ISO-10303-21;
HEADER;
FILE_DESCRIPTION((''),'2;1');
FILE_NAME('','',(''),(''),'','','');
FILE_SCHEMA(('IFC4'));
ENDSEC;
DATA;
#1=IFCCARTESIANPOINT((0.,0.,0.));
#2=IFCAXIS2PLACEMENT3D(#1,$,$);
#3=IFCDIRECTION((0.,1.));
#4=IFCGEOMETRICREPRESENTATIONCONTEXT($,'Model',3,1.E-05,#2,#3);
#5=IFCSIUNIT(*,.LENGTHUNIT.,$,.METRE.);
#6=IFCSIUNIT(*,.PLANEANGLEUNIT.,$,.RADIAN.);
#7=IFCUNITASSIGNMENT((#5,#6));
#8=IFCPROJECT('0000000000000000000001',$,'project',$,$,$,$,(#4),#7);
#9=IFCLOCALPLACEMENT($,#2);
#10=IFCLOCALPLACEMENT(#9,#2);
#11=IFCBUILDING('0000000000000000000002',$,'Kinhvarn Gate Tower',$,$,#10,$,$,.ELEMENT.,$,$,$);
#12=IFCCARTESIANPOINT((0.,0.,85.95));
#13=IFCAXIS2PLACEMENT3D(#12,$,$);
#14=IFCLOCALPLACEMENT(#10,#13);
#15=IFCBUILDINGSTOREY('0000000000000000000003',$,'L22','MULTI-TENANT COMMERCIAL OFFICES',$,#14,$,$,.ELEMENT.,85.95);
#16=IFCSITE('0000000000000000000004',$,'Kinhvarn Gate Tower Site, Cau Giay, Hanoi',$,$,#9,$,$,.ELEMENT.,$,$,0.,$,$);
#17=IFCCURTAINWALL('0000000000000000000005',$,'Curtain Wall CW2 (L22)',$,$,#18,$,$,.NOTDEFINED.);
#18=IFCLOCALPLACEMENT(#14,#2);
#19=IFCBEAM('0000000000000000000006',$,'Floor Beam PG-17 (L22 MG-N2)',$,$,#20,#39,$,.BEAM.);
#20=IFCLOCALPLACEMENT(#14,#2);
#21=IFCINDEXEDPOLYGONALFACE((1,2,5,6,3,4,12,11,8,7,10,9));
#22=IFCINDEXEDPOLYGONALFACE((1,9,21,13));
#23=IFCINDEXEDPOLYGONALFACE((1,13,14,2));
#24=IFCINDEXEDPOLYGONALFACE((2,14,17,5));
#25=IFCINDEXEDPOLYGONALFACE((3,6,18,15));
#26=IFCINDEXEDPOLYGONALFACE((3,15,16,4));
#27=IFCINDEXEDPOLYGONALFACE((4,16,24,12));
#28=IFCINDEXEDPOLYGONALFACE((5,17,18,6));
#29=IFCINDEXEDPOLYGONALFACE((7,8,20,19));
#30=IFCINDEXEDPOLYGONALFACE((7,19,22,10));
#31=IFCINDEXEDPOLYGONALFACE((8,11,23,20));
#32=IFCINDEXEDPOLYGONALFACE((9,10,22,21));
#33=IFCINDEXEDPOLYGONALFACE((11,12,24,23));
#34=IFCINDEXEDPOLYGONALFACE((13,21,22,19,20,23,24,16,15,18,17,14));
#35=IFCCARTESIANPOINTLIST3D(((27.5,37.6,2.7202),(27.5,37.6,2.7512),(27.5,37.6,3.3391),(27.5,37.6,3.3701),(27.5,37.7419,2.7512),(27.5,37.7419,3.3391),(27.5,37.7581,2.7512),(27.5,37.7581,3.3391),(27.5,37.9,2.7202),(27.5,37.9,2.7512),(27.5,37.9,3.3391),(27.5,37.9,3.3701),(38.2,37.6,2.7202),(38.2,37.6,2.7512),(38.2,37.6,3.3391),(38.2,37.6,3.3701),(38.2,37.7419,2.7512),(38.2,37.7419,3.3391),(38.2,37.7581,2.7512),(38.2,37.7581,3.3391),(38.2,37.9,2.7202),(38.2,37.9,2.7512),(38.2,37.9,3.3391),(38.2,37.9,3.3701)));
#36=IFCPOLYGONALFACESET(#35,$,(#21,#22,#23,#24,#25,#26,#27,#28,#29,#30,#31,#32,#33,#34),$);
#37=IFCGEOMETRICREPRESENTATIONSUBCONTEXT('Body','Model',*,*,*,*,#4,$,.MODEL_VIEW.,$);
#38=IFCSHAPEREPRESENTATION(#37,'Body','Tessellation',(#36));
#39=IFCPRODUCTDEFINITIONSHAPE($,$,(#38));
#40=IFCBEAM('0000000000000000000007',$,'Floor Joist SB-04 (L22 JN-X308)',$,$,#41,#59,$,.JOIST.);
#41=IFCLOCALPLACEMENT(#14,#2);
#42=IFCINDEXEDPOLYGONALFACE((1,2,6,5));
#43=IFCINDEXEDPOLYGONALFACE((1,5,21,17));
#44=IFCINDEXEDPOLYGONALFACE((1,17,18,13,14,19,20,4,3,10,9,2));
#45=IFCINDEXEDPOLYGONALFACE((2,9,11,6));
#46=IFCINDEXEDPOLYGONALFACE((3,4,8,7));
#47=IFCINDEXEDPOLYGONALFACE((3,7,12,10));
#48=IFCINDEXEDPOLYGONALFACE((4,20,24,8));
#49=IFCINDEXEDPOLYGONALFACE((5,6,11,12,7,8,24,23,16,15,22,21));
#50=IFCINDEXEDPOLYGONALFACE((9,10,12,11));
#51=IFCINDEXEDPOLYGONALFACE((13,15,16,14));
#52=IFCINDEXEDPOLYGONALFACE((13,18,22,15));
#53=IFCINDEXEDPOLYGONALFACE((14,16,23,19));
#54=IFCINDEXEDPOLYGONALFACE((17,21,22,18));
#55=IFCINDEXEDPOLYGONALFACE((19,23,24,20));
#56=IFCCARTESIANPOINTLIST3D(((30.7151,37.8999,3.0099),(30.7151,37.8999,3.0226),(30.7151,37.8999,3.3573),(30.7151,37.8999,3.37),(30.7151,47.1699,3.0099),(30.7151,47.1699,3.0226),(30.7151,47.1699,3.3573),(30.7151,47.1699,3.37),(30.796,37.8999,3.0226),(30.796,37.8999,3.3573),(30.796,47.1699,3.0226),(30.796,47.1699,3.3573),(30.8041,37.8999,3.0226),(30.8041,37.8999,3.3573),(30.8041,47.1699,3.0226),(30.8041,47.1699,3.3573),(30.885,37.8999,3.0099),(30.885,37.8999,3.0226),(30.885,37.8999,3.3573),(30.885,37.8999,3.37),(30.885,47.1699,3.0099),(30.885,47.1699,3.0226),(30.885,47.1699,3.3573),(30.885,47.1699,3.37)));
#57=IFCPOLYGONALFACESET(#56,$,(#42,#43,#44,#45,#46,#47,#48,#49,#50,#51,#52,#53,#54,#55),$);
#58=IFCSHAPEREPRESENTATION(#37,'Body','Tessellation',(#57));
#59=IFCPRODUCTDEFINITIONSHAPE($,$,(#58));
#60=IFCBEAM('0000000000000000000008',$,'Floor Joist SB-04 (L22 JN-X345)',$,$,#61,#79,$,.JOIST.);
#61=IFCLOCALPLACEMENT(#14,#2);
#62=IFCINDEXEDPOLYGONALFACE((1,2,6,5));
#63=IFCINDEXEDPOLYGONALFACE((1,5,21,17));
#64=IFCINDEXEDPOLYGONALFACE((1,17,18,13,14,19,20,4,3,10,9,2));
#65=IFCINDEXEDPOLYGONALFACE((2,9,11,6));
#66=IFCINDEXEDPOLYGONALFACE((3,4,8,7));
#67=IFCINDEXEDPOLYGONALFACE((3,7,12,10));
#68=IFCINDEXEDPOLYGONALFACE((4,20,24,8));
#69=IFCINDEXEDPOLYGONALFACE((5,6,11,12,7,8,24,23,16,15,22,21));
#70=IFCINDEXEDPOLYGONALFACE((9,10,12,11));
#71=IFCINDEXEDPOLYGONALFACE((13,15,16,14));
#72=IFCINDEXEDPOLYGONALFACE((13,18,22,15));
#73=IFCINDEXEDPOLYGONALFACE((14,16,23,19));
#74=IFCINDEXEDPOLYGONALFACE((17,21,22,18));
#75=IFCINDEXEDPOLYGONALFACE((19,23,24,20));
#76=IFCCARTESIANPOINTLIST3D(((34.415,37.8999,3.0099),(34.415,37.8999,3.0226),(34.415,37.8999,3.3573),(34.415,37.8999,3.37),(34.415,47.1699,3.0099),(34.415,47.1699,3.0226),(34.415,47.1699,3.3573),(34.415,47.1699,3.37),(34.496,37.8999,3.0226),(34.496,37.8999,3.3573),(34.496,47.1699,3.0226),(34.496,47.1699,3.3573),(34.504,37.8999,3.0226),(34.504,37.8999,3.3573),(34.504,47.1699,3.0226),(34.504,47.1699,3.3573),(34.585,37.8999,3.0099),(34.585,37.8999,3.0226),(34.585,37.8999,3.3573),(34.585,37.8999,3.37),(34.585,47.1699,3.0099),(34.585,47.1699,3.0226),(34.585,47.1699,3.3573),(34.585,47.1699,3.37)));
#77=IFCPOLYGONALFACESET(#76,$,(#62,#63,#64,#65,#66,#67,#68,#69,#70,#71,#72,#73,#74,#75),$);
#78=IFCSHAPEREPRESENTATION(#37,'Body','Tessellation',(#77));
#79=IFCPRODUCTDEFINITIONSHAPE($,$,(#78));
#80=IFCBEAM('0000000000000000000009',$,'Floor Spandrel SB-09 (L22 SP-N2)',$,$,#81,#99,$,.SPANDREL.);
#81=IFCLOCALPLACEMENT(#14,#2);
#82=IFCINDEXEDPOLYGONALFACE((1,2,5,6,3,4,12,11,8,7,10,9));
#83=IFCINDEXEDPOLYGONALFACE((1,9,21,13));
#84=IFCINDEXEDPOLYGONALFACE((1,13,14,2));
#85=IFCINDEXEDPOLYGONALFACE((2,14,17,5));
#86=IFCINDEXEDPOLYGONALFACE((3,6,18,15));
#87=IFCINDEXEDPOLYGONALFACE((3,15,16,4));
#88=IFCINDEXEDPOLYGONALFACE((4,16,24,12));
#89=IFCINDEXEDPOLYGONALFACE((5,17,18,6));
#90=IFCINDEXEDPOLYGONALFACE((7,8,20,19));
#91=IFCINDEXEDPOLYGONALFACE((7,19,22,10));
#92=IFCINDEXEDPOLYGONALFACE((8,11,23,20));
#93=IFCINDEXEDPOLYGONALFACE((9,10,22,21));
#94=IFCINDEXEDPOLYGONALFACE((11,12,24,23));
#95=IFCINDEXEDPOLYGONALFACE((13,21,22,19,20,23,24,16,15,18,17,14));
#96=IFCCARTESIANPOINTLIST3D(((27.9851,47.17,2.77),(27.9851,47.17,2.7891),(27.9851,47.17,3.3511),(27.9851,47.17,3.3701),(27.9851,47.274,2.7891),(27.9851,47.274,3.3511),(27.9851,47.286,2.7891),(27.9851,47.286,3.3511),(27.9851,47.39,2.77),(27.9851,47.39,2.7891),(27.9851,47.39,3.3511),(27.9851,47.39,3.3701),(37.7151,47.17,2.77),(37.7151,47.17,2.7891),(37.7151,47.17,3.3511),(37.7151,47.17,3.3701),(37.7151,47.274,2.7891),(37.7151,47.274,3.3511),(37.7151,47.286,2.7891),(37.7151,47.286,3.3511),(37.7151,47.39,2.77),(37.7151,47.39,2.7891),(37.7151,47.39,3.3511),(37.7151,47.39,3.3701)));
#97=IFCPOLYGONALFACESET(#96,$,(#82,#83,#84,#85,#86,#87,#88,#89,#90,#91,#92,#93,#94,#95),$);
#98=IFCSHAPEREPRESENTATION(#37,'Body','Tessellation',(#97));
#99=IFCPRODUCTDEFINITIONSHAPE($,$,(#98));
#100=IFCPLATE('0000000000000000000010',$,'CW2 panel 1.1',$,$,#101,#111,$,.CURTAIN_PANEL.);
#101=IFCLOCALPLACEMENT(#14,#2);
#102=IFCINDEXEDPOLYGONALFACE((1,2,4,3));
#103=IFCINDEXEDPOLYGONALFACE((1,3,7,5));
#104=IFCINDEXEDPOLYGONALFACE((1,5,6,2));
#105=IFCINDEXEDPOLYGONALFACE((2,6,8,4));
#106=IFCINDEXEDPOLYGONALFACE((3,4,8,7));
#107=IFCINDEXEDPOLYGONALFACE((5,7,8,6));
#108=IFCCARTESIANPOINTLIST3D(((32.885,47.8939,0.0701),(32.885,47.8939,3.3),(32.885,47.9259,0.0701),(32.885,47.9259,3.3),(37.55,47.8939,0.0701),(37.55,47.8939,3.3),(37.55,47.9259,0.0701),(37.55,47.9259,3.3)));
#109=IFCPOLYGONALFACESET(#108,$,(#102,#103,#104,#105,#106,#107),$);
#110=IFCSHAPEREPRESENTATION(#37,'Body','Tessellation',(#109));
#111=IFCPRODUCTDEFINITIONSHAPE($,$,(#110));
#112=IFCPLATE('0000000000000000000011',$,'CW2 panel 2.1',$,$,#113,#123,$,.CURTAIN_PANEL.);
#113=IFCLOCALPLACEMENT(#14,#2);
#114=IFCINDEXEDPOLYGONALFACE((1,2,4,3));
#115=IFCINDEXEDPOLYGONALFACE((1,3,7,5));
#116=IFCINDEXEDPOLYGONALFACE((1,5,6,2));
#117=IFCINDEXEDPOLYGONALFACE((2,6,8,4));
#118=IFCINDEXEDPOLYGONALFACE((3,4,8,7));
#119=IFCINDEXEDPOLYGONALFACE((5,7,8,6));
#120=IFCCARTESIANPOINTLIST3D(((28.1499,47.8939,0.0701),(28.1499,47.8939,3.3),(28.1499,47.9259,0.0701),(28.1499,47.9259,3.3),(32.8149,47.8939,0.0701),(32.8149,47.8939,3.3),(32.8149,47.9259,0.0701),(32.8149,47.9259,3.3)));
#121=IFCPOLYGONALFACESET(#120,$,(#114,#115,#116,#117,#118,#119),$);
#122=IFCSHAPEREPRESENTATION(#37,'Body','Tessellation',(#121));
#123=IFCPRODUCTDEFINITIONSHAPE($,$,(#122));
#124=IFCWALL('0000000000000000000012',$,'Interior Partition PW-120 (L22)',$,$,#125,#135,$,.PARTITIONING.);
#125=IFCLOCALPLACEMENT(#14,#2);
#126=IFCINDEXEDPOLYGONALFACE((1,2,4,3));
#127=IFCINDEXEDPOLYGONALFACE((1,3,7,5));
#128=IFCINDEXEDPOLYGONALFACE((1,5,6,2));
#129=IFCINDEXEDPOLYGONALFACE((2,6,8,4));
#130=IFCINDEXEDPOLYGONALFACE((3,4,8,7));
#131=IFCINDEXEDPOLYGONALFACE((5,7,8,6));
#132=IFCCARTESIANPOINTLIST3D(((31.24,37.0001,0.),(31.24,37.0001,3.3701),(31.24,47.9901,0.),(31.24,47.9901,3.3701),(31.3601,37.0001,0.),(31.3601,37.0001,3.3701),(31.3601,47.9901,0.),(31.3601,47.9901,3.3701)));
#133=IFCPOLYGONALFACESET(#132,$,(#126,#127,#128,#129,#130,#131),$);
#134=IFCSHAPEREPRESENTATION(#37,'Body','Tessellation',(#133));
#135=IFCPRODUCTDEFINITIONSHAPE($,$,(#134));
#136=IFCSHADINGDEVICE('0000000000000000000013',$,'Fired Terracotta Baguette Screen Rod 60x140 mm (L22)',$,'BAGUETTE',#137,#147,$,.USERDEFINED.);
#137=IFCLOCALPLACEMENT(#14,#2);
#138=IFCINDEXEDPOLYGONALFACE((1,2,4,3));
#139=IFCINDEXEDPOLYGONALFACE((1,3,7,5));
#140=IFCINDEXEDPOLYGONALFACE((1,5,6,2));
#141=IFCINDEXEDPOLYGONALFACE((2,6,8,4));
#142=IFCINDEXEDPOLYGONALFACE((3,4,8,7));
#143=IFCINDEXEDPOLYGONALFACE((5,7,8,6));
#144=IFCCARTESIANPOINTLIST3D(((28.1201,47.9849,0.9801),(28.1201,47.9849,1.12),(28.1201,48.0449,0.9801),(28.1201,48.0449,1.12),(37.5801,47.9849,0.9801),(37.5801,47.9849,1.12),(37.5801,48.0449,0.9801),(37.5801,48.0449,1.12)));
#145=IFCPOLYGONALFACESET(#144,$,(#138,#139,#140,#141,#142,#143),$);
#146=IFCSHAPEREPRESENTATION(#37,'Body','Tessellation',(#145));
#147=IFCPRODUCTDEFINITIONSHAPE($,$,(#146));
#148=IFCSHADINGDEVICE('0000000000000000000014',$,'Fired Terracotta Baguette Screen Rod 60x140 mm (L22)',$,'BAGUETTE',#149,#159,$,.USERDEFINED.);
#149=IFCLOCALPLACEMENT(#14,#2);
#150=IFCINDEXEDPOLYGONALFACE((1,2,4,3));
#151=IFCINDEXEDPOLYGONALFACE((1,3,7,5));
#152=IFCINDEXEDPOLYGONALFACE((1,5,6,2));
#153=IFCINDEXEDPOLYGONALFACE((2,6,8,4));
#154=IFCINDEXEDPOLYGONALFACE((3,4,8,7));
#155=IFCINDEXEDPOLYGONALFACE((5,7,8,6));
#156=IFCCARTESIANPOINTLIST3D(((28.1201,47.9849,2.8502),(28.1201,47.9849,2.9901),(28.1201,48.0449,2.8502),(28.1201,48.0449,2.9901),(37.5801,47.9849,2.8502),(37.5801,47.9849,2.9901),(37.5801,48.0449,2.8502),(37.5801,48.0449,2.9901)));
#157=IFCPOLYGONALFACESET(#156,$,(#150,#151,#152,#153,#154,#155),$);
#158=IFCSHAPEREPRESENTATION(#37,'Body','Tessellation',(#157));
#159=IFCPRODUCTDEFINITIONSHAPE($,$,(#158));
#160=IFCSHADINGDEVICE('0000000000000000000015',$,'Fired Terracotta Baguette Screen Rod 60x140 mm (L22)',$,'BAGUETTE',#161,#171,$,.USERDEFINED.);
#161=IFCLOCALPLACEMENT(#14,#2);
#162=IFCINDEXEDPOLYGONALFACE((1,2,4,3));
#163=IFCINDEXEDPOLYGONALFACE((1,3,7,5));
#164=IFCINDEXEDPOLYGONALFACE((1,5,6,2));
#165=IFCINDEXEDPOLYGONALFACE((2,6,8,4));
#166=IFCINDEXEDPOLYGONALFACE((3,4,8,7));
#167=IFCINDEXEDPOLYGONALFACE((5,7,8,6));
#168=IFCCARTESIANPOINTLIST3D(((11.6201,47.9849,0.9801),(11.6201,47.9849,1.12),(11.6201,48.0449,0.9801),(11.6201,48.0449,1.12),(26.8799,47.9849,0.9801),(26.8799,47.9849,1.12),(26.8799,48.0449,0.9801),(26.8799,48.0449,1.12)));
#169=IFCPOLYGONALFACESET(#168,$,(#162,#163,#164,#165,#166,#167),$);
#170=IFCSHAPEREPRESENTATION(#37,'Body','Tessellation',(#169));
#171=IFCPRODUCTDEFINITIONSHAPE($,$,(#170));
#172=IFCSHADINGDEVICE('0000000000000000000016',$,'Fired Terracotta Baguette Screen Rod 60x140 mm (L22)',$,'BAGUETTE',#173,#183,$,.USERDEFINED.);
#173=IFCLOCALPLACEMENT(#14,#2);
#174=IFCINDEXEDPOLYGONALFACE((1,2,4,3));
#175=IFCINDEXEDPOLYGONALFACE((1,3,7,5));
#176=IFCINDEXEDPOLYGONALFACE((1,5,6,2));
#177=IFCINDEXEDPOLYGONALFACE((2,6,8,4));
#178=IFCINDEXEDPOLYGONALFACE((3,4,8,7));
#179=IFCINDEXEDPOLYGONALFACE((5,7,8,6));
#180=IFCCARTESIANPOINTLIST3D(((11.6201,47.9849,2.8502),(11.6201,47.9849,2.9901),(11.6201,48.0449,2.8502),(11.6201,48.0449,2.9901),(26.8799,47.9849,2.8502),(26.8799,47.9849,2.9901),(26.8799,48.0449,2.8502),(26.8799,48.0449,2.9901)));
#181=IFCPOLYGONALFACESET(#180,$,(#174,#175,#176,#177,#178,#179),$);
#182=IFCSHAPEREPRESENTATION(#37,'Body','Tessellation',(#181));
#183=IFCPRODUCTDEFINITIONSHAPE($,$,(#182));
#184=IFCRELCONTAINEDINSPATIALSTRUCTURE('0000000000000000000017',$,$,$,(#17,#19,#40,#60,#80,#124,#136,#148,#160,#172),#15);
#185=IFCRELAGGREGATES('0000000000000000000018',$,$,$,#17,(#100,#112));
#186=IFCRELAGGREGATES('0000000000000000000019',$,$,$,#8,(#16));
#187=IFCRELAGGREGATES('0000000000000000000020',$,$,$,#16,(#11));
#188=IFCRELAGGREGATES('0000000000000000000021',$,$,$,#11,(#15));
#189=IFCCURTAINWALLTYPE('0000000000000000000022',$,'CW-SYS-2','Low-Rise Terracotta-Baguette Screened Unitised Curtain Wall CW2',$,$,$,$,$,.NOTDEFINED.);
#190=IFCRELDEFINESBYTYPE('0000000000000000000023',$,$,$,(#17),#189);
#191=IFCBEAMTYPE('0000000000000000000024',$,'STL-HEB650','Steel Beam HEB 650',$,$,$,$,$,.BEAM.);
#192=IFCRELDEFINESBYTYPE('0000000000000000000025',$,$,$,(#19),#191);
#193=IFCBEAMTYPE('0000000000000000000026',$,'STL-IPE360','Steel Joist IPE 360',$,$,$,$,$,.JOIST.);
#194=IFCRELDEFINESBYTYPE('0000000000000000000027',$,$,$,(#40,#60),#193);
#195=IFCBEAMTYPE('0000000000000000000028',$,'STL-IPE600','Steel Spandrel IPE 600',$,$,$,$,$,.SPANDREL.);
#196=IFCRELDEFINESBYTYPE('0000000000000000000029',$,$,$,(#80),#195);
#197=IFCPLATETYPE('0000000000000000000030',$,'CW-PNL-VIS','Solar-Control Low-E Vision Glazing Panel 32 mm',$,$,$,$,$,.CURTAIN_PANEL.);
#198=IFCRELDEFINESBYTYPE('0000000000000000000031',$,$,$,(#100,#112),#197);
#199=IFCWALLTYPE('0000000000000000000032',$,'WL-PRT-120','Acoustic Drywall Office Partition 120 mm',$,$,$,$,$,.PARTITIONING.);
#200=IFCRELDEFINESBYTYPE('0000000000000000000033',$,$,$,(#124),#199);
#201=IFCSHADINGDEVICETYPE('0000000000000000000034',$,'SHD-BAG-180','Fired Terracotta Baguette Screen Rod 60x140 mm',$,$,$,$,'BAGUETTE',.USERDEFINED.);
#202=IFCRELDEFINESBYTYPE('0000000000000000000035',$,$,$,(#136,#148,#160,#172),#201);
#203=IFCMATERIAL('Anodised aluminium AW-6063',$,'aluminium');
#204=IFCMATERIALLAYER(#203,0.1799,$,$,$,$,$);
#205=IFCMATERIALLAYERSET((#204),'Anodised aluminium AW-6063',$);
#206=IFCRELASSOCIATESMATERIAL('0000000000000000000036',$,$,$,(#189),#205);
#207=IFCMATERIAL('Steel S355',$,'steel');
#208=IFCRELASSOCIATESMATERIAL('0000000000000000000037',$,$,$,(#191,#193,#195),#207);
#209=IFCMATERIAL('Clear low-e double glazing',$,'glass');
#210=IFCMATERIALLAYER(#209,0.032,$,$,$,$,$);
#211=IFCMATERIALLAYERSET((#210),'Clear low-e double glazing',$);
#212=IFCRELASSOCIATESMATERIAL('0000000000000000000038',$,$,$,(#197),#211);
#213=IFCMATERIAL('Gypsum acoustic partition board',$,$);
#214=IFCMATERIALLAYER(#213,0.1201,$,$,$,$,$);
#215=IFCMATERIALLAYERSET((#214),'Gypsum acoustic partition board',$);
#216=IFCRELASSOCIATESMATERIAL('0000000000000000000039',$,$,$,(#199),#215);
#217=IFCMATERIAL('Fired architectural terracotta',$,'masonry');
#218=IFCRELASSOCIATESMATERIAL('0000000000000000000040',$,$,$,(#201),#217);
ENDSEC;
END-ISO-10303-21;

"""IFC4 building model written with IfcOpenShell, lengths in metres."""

from ifc_helpers import new_model, si_unit, direction, frame, frame_2d, origin, origin_2d, place, context, subcontext, project, spatial, rectangle, i_section, extrude, material, layer, layer_set, material_profile, profile_set, type_object, element, aggregate, save


model = new_model("IFC4")

# Units and contexts
model_context = context("Model", 3, precision=1e-05, world=origin(), true_north=direction((0.0, 1.0)))
body_context = subcontext(model_context, "Body", "Model", "MODEL_VIEW")
ifc_project = project(units=[si_unit("LENGTHUNIT", "METRE"), si_unit("PLANEANGLEUNIT", "RADIAN")], contexts=[model_context])

# Site, building, storey
site_placement = place(None, origin())
site = spatial("IfcSite", under=ifc_project, at=site_placement, Name="Kinhvarn Gate Tower Site, Cau Giay, Hanoi", CompositionType="ELEMENT", RefElevation=0.0)
building_placement = place(site_placement, origin())
building = spatial("IfcBuilding", under=site, at=building_placement, Name="Kinhvarn Gate Tower", CompositionType="ELEMENT")
storey_placement = place(building_placement, frame((0.0, 0.0, 85.95)))
storey = spatial("IfcBuildingStorey", under=building, at=storey_placement, Name="L22", Description="MULTI-TENANT COMMERCIAL OFFICES", CompositionType="ELEMENT", Elevation=85.95)

# Curtain wall
ifc_material_1 = material(Name="Anodised aluminium AW-6063", Category="aluminium")
ifc_layer_1 = layer(ifc_material_1, 0.1799)
ifc_layer_set_1 = layer_set([ifc_layer_1], Name="Anodised aluminium AW-6063")
curtain_wall_type = type_object("IfcCurtainWallType", Name="CW-SYS-2", Description="Low-Rise Terracotta-Baguette Screened Unitised Curtain Wall CW2", PredefinedType="NOTDEFINED", material=ifc_layer_set_1)
curtain_wall_1_placement = place(storey_placement, origin())
curtain_wall_1 = element("IfcCurtainWall", 1, at=curtain_wall_1_placement, inside=storey, type_object=curtain_wall_type, Name="Curtain Wall CW2 (L22)", PredefinedType="NOTDEFINED")

# Beams
ifc_material_2 = material(Name="Steel S355", Category="steel")
ifc_material_profile_1 = material_profile(ifc_material_2, i_section(OverallWidth=0.3, OverallDepth=0.6499, WebThickness=0.0161, FlangeThickness=0.031, at=origin_2d()), Name="HEB 650")
ifc_profile_set_1 = profile_set([ifc_material_profile_1], Name="Steel S355")
beam_type_1 = type_object("IfcBeamType", Name="STL-HEB650", Description="Steel Beam HEB 650", PredefinedType="BEAM", material=ifc_profile_set_1)
beam_1_placement = place(storey_placement, frame((27.5, 37.75, 3.0452), z_axis=(1.0, 0.0, 0.0), x_axis=(0.0, 1.0, 0.0)))
element("IfcBeam", 2, at=beam_1_placement, inside=storey, type_object=beam_type_1, Name="Floor Beam PG-17 (L22 MG-N2)", PredefinedType="BEAM", context=body_context, shape_type="SweptSolid", body=[
    extrude(i_section(OverallWidth=0.3, OverallDepth=0.6499, WebThickness=0.0161, FlangeThickness=0.031, at=origin_2d()), origin(), (0.0, 0.0, 1.0), 10.7),
])
ifc_material_profile_2 = material_profile(ifc_material_2, i_section(OverallWidth=0.1699, OverallDepth=0.3601, WebThickness=0.0081, FlangeThickness=0.0127, at=origin_2d()), Name="IPE 360")
ifc_profile_set_2 = profile_set([ifc_material_profile_2], Name="Steel S355")
beam_type_2 = type_object("IfcBeamType", Name="STL-IPE360", Description="Steel Joist IPE 360", PredefinedType="JOIST", material=ifc_profile_set_2)
for number, where, z_axis, x_axis, name in (
    (3, (30.8, 37.8999, 3.1899), (0.0, 1.0, 0.0), (-1.0, 0.0, 0.0), "Floor Joist SB-04 (L22 JN-X308)"),
    (4, (34.5, 37.8999, 3.1899), (0.0, 1.0, 0.0), (-1.0, 0.0, 0.0), "Floor Joist SB-04 (L22 JN-X345)"),
):
    element("IfcBeam", number, at=place(storey_placement, frame(where, z_axis=z_axis, x_axis=x_axis)), inside=storey, type_object=beam_type_2, Name=name, PredefinedType="JOIST", context=body_context, shape_type="SweptSolid", body=[
        extrude(i_section(OverallWidth=0.1699, OverallDepth=0.3601, WebThickness=0.0081, FlangeThickness=0.0127, at=origin_2d()), origin(), (0.0, 0.0, 1.0), 9.27),
    ])
ifc_material_profile_3 = material_profile(ifc_material_2, i_section(OverallWidth=0.22, OverallDepth=0.6001, WebThickness=0.012, FlangeThickness=0.019, at=origin_2d()), Name="IPE 600")
ifc_profile_set_3 = profile_set([ifc_material_profile_3], Name="Steel S355")
beam_type_3 = type_object("IfcBeamType", Name="STL-IPE600", Description="Steel Spandrel IPE 600", PredefinedType="SPANDREL", material=ifc_profile_set_3)
beam_2_placement = place(storey_placement, frame((27.9851, 47.28, 3.0701), z_axis=(1.0, 0.0, 0.0), x_axis=(0.0, 1.0, 0.0)))
element("IfcBeam", 5, at=beam_2_placement, inside=storey, type_object=beam_type_3, Name="Floor Spandrel SB-09 (L22 SP-N2)", PredefinedType="SPANDREL", context=body_context, shape_type="SweptSolid", body=[
    extrude(i_section(OverallWidth=0.22, OverallDepth=0.6001, WebThickness=0.012, FlangeThickness=0.019, at=origin_2d()), origin(), (0.0, 0.0, 1.0), 9.73),
])

# Plates
ifc_material_3 = material(Name="Clear low-e double glazing", Category="glass")
ifc_layer_2 = layer(ifc_material_3, 0.032)
ifc_layer_set_2 = layer_set([ifc_layer_2], Name="Clear low-e double glazing")
plate_type = type_object("IfcPlateType", Name="CW-PNL-VIS", Description="Solar-Control Low-E Vision Glazing Panel 32 mm", PredefinedType="CURTAIN_PANEL", material=ifc_layer_set_2)
plate_1_placement = place(storey_placement, frame((35.2175, 47.9099, 0.0701), z_axis=(0.0, 0.0, 1.0), x_axis=(-1.0, 0.0, 0.0)))
plate_1 = element("IfcPlate", 6, at=plate_1_placement, type_object=plate_type, Name="CW2 panel 1.1", PredefinedType="CURTAIN_PANEL", context=body_context, shape_type="SweptSolid", body=[
    extrude(rectangle(XDim=4.665, YDim=0.032, at=origin_2d()), origin(), (0.0, 0.0, 1.0), 3.23),
])
plate_2_placement = place(storey_placement, frame((30.4824, 47.9099, 0.0701), z_axis=(0.0, 0.0, 1.0), x_axis=(-1.0, 0.0, 0.0)))
plate_2 = element("IfcPlate", 7, at=plate_2_placement, type_object=plate_type, Name="CW2 panel 2.1", PredefinedType="CURTAIN_PANEL", context=body_context, shape_type="SweptSolid", body=[
    extrude(rectangle(XDim=4.665, YDim=0.032, at=origin_2d()), origin(), (0.0, 0.0, 1.0), 3.23),
])
aggregate(curtain_wall_1, [plate_1, plate_2])

# Wall
ifc_material_4 = material(Name="Gypsum acoustic partition board")
ifc_layer_3 = layer(ifc_material_4, 0.1201)
ifc_layer_set_3 = layer_set([ifc_layer_3], Name="Gypsum acoustic partition board")
wall_type = type_object("IfcWallType", Name="WL-PRT-120", Description="Acoustic Drywall Office Partition 120 mm", PredefinedType="PARTITIONING", material=ifc_layer_set_3)
wall_placement = place(storey_placement, frame((31.3, 37.0, 0.0), z_axis=(0.0, 0.0, 1.0), x_axis=(0.0, 1.0, 0.0)))
element("IfcWall", 8, at=wall_placement, inside=storey, type_object=wall_type, Name="Interior Partition PW-120 (L22)", PredefinedType="PARTITIONING", context=body_context, shape_type="SweptSolid", body=[
    extrude(rectangle(XDim=10.99, YDim=0.1201, at=frame_2d((5.4951, 0.0))), origin(), (0.0, 0.0, 1.0), 3.3701),
])

# Shading devices
ifc_material_5 = material(Name="Fired architectural terracotta", Category="masonry")
ifc_material_profile_4 = material_profile(ifc_material_5, rectangle(XDim=0.0601, YDim=0.1399, at=origin_2d()), Name="TC 60x140")
ifc_profile_set_4 = profile_set([ifc_material_profile_4], Name="Fired architectural terracotta")
shading_device_type = type_object("IfcShadingDeviceType", Name="SHD-BAG-180", Description="Fired Terracotta Baguette Screen Rod 60x140 mm", ElementType="BAGUETTE", PredefinedType="USERDEFINED", material=ifc_profile_set_4)
for number, where, z_axis, x_axis, name in (
    (9, (37.5801, 48.0149, 1.05), (-1.0, 0.0, 0.0), (0.0, -1.0, 0.0), "Fired Terracotta Baguette Screen Rod 60x140 mm (L22)"),
    (10, (37.5801, 48.0149, 2.9202), (-1.0, 0.0, 0.0), (0.0, -1.0, 0.0), "Fired Terracotta Baguette Screen Rod 60x140 mm (L22)"),
):
    element("IfcShadingDevice", number, at=place(storey_placement, frame(where, z_axis=z_axis, x_axis=x_axis)), inside=storey, type_object=shading_device_type, Name=name, ObjectType="BAGUETTE", PredefinedType="USERDEFINED", context=body_context, shape_type="SweptSolid", body=[
        extrude(rectangle(XDim=0.0601, YDim=0.1399, at=origin_2d()), origin(), (0.0, 0.0, 1.0), 9.46),
    ])
for number, where, z_axis, x_axis, name in (
    (11, (26.8799, 48.0149, 1.05), (-1.0, 0.0, 0.0), (0.0, -1.0, 0.0), "Fired Terracotta Baguette Screen Rod 60x140 mm (L22)"),
    (12, (26.8799, 48.0149, 2.9202), (-1.0, 0.0, 0.0), (0.0, -1.0, 0.0), "Fired Terracotta Baguette Screen Rod 60x140 mm (L22)"),
):
    element("IfcShadingDevice", number, at=place(storey_placement, frame(where, z_axis=z_axis, x_axis=x_axis)), inside=storey, type_object=shading_device_type, Name=name, ObjectType="BAGUETTE", PredefinedType="USERDEFINED", context=body_context, shape_type="SweptSolid", body=[
        extrude(rectangle(XDim=0.0601, YDim=0.1399, at=origin_2d()), origin(), (0.0, 0.0, 1.0), 15.2598),
    ])

save(model, "model.ifc")
